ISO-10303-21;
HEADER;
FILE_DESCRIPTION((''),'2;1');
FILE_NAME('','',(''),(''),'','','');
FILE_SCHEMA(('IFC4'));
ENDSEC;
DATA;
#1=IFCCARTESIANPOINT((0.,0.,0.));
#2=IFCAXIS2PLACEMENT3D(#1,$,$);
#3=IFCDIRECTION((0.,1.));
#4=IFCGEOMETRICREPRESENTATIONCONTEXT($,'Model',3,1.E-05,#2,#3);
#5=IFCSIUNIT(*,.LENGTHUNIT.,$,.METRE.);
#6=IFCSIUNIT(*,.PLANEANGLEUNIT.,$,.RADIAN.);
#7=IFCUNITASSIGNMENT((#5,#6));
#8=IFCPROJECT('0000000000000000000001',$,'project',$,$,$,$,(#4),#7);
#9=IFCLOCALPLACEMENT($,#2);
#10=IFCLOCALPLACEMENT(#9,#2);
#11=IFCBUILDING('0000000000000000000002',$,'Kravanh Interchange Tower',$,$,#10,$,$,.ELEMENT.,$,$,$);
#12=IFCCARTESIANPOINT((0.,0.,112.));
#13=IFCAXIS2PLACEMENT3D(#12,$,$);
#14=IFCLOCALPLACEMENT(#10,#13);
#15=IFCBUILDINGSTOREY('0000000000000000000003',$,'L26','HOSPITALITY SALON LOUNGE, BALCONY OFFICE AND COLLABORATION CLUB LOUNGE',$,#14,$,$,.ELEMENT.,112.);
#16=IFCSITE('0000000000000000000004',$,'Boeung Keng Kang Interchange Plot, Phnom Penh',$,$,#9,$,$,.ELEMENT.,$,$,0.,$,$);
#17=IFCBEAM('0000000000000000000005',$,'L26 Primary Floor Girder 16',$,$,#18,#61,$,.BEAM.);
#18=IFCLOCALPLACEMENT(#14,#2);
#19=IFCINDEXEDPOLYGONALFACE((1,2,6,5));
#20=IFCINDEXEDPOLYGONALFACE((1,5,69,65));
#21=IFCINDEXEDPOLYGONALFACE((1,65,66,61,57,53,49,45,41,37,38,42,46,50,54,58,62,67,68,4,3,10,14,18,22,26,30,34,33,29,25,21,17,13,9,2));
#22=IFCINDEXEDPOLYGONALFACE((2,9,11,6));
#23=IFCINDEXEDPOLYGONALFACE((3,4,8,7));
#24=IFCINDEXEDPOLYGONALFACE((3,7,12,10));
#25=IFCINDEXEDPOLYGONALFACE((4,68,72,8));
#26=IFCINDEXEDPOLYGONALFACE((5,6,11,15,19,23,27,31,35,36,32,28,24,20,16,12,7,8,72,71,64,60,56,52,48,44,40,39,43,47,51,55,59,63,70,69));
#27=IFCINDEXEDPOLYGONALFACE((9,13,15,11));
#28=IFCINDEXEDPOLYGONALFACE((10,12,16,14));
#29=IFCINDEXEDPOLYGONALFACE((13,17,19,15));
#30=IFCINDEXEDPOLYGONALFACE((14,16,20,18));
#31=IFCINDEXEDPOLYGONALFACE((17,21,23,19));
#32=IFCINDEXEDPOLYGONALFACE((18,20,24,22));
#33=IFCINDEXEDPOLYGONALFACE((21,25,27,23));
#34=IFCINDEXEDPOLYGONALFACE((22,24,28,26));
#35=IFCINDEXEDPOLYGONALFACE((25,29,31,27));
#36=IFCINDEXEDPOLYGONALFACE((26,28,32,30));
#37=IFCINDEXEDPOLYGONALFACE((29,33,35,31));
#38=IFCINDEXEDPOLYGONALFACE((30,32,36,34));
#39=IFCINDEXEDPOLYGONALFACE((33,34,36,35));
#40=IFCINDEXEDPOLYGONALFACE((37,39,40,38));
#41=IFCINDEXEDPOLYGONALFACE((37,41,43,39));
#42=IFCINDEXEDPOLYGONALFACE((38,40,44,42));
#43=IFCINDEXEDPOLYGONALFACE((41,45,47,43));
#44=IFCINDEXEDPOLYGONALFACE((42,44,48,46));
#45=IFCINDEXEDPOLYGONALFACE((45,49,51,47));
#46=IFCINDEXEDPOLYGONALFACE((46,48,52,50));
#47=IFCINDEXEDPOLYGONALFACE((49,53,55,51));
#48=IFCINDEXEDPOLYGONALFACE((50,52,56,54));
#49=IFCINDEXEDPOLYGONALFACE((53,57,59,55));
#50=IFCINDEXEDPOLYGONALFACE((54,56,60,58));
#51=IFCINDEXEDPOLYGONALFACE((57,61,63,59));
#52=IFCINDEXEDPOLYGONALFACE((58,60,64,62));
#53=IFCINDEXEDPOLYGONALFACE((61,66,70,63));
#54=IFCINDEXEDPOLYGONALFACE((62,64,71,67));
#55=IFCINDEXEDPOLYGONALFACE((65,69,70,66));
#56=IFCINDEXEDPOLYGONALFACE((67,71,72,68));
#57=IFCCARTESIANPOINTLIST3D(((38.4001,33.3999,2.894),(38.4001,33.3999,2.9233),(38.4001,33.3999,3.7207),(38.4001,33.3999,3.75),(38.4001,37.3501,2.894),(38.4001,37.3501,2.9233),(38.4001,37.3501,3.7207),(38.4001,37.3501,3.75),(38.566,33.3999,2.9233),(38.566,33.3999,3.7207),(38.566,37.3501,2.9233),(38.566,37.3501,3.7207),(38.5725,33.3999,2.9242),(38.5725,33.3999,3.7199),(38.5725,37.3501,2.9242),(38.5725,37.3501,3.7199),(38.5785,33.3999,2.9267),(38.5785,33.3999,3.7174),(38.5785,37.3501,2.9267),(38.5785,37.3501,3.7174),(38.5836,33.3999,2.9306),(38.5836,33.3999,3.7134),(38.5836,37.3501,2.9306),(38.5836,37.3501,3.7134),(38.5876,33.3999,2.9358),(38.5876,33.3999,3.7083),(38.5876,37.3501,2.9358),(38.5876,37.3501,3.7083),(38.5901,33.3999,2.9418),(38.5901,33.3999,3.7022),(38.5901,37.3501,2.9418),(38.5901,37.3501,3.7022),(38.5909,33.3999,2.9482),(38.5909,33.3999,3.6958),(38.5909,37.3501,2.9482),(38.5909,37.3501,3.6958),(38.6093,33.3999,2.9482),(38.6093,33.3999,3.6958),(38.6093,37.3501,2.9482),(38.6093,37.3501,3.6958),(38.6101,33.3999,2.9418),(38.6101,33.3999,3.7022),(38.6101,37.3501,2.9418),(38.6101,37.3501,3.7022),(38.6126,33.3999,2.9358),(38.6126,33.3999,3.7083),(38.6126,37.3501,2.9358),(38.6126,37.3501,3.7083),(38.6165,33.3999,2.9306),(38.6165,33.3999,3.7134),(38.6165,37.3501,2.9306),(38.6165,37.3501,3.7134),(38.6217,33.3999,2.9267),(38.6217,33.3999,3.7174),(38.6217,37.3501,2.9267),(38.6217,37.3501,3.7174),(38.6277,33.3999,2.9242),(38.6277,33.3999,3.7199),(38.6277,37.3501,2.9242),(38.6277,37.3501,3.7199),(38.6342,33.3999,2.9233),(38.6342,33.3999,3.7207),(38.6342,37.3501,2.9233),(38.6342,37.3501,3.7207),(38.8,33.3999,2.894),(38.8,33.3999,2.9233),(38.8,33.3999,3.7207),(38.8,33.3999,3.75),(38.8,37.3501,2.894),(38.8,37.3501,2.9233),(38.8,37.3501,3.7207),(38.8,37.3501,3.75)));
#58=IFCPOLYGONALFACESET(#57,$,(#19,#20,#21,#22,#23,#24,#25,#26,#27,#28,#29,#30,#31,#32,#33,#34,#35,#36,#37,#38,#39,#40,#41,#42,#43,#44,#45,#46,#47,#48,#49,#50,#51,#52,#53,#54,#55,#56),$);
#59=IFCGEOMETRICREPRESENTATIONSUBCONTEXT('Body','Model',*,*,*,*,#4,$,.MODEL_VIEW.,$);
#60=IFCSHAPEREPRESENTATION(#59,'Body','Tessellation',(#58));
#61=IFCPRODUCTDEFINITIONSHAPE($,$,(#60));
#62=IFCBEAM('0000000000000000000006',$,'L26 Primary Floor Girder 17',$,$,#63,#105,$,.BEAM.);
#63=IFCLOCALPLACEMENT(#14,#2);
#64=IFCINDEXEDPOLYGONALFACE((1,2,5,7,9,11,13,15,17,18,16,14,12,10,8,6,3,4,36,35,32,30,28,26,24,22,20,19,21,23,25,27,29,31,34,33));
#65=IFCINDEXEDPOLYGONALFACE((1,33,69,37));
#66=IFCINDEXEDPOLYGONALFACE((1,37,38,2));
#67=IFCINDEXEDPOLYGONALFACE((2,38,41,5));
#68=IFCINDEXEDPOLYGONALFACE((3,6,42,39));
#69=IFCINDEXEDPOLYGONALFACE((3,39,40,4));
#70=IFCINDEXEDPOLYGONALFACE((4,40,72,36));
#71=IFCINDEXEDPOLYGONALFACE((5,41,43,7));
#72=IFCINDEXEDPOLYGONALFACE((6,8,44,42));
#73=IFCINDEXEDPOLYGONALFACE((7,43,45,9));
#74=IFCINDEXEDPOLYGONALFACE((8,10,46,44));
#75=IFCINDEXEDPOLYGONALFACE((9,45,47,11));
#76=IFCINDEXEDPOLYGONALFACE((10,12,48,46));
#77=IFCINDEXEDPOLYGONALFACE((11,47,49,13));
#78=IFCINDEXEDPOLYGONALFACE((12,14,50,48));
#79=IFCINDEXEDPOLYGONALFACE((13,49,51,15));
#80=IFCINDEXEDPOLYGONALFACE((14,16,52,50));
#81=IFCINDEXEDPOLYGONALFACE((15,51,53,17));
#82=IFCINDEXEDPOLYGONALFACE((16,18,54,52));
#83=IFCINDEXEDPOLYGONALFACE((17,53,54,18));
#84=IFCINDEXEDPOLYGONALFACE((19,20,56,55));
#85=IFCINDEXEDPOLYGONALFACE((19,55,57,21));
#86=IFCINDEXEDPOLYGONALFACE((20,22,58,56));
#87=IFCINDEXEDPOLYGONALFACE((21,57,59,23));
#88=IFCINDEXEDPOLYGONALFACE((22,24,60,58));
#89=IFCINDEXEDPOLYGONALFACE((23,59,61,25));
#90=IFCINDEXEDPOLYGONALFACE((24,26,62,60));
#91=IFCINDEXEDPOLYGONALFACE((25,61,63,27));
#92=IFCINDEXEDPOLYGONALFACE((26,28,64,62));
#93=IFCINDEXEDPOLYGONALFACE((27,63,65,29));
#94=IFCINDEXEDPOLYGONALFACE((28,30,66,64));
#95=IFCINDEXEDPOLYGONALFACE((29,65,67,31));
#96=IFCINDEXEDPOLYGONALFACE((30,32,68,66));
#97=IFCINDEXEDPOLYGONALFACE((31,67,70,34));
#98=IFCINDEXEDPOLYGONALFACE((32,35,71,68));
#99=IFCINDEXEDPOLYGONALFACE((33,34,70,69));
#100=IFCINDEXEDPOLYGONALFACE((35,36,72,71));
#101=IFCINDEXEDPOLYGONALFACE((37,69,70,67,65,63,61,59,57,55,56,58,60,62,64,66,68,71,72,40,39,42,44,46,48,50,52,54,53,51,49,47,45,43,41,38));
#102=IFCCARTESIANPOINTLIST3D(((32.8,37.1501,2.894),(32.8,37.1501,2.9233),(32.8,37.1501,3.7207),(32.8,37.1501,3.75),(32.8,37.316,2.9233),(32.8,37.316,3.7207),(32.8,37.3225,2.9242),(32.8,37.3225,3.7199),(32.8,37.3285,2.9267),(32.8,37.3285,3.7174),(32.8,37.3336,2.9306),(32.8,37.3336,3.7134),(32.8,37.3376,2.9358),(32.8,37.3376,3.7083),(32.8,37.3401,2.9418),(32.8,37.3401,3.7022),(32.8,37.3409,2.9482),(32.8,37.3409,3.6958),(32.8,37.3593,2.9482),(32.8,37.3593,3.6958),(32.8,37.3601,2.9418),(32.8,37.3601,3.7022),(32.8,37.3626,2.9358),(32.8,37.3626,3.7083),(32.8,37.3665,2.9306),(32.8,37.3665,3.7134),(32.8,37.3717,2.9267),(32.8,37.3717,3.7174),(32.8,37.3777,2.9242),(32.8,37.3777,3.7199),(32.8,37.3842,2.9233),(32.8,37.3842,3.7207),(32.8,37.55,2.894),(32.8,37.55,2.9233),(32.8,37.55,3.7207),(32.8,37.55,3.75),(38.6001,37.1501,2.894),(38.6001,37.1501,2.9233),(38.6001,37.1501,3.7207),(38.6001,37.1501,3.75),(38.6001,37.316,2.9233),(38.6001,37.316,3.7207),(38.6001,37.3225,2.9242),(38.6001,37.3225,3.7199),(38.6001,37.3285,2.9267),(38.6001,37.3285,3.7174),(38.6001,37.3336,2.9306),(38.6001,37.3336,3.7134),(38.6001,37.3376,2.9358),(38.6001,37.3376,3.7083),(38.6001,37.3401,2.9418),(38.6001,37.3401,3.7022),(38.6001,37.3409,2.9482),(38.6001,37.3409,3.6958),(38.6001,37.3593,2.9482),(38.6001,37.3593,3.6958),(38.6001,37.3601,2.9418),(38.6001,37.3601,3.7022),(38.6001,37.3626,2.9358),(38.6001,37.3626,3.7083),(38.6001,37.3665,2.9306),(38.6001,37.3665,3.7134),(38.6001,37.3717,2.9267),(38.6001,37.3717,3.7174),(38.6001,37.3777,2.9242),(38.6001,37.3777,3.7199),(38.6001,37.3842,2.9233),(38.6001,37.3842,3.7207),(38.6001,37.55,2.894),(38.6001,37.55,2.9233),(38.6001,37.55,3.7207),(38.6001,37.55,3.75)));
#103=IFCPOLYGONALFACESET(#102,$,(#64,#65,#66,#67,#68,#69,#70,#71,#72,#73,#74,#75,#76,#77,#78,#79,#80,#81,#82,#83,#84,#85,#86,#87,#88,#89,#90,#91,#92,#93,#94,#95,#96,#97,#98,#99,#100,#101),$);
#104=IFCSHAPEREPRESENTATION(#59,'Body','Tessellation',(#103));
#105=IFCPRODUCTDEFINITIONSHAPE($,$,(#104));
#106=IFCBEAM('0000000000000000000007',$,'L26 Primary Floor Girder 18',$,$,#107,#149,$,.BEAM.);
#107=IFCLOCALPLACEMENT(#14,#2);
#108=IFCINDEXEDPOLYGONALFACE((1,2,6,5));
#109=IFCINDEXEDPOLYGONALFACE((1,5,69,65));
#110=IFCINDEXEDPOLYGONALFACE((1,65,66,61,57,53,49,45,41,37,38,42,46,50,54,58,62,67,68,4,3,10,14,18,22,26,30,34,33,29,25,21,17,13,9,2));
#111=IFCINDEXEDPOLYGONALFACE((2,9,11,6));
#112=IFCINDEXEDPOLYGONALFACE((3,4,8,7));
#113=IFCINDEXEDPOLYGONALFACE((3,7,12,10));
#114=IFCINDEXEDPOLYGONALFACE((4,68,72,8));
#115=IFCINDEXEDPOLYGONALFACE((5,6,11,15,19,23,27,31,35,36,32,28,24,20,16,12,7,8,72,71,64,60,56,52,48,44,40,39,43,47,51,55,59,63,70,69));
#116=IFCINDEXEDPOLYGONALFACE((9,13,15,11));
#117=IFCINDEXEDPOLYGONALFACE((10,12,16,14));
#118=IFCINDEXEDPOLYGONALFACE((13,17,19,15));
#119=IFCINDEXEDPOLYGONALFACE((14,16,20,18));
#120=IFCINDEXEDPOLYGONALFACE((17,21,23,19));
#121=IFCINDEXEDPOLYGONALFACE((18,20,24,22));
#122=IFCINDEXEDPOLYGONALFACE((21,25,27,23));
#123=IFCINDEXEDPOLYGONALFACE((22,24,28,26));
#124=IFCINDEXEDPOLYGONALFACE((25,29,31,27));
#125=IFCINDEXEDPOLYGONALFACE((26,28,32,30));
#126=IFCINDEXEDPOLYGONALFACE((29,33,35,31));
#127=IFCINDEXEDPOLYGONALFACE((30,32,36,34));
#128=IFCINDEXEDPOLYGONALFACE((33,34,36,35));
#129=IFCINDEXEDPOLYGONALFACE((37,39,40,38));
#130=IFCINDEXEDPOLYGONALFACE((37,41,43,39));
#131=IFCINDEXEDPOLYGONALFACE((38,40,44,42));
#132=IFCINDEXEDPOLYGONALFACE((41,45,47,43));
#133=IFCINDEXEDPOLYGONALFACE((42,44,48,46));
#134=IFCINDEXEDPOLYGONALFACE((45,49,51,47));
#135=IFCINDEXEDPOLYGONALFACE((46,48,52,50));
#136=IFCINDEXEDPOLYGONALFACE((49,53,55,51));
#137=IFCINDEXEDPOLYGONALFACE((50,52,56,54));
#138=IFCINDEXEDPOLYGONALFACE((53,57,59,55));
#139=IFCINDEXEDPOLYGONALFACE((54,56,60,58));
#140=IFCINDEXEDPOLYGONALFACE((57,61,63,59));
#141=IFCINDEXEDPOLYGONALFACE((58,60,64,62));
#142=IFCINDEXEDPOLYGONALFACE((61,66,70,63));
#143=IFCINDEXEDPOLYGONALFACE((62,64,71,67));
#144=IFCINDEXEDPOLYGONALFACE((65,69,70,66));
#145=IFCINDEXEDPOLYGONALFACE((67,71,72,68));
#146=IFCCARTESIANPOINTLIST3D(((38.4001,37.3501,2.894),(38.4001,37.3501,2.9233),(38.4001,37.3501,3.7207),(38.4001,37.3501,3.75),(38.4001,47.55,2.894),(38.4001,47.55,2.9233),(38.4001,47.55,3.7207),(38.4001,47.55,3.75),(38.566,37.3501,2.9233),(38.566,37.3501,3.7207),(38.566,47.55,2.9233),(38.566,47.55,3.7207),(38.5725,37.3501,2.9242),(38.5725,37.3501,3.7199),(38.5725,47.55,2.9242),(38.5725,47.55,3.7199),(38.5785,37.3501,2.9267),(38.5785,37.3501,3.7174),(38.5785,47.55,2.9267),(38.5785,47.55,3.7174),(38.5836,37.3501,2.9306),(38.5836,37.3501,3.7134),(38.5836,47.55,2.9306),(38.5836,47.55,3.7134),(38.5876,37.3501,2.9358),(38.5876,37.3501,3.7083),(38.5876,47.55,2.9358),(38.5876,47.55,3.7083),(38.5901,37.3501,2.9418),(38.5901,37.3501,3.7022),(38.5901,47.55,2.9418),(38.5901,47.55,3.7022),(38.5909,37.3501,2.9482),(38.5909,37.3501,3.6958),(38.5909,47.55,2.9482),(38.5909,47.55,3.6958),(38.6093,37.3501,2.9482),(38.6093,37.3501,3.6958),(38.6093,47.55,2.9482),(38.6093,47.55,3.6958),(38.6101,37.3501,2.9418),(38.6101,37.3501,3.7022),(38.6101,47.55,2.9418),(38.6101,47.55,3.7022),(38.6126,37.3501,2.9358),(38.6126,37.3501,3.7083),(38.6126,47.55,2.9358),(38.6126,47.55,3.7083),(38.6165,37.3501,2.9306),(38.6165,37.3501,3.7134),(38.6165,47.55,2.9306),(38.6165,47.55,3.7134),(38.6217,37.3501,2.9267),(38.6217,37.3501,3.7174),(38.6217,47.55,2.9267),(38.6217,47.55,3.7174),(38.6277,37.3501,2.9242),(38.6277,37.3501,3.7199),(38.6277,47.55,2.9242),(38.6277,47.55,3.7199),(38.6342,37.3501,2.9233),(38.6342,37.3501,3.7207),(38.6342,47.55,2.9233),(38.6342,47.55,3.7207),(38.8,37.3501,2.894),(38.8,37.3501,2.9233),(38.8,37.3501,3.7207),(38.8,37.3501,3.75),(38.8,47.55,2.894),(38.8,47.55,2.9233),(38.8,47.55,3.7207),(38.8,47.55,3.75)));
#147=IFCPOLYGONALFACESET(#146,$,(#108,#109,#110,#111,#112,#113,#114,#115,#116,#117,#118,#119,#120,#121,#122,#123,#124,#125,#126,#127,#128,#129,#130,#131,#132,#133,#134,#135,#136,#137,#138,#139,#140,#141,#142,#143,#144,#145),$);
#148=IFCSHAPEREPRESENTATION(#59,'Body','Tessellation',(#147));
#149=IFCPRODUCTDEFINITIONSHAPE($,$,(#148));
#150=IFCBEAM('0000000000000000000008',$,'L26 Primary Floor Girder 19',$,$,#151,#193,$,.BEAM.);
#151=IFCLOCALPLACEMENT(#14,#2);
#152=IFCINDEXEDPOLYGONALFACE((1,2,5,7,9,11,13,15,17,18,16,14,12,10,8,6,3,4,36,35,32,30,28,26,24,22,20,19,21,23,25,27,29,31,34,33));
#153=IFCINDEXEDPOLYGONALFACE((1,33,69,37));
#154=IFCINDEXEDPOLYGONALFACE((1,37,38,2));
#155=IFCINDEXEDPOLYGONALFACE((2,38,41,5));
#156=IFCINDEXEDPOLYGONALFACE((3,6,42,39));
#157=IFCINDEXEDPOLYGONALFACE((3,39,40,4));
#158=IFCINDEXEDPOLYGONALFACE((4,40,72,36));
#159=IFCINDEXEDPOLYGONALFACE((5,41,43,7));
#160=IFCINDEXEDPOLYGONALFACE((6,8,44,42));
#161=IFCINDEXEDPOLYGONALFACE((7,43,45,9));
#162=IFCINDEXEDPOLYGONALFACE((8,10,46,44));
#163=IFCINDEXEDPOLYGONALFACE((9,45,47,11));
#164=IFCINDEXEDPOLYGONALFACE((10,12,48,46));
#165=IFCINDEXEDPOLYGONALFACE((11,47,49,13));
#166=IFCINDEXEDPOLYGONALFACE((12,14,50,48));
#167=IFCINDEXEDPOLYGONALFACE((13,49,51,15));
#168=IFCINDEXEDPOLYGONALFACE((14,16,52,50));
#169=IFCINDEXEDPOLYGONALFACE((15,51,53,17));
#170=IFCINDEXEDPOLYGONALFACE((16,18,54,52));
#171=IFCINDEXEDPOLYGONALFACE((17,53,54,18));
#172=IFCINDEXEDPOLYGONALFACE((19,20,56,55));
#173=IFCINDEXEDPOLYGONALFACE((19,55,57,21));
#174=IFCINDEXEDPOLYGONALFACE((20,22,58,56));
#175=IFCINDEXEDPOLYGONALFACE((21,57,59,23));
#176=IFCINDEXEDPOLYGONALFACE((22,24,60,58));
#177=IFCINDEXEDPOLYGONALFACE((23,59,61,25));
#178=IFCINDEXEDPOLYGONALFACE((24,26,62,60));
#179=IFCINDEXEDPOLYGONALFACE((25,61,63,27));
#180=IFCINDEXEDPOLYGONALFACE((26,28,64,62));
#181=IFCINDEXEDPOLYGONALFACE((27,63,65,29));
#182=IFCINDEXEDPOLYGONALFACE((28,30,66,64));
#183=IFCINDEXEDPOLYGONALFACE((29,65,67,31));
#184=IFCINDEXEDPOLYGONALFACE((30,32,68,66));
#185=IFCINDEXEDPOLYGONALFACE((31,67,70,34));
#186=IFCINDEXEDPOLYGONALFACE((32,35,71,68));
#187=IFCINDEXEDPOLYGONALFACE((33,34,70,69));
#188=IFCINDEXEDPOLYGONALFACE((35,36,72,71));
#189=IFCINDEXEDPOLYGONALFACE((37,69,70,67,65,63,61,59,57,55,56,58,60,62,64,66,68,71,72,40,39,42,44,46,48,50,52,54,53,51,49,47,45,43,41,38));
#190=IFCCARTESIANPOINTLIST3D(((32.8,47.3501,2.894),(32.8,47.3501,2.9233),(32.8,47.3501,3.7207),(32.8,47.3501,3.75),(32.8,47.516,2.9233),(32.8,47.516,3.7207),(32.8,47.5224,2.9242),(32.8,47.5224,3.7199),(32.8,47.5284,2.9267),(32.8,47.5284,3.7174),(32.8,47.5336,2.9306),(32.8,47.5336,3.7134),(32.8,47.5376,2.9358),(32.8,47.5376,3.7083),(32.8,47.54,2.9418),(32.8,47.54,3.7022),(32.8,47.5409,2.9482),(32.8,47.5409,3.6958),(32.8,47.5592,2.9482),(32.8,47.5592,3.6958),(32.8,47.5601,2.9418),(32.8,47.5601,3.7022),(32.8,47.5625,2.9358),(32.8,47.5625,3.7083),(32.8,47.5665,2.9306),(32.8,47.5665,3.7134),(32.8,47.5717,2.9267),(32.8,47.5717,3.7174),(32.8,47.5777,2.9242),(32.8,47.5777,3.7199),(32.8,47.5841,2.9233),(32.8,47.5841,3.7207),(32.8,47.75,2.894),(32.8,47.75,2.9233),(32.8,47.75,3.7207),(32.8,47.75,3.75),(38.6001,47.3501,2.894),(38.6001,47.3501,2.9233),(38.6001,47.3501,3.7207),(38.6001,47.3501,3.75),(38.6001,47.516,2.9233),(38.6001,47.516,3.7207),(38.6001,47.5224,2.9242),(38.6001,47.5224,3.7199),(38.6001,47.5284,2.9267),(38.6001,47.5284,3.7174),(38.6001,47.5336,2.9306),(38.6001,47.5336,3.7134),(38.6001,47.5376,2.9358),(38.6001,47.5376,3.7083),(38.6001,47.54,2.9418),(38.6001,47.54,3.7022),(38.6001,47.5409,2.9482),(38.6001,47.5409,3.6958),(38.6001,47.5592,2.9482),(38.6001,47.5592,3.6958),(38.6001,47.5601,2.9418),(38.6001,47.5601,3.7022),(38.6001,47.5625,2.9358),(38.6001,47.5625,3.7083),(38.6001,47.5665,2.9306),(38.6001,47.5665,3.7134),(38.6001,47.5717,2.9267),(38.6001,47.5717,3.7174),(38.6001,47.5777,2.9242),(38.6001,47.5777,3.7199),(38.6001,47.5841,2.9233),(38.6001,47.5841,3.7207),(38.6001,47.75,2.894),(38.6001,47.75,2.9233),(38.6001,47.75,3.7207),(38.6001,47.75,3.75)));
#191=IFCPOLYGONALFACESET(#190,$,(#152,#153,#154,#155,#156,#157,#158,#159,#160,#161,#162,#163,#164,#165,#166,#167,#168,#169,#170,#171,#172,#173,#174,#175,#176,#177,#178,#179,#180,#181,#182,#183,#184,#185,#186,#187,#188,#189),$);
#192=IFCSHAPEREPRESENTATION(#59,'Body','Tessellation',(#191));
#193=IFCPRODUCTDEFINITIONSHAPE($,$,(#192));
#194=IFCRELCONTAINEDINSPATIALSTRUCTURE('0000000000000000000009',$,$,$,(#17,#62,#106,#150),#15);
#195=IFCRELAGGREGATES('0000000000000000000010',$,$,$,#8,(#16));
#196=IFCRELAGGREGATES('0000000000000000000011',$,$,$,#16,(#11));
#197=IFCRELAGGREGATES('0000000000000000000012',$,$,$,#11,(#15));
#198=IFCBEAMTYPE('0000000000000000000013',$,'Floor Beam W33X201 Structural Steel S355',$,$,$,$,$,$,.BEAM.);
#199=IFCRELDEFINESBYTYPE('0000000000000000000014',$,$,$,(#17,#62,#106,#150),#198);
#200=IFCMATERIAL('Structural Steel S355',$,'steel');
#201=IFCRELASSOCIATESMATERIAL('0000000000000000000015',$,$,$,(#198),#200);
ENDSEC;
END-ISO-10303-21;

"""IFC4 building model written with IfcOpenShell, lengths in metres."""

from ifc_helpers import new_model, si_unit, direction, frame, origin, origin_2d, place, context, subcontext, project, spatial, i_section, extrude, material, material_profile, profile_set, type_object, element, save


model = new_model("IFC4")

# Units and contexts
model_context = context("Model", 3, precision=1e-05, world=origin(), true_north=direction((0.0, 1.0)))
body_context = subcontext(model_context, "Body", "Model", "MODEL_VIEW")
ifc_project = project(units=[si_unit("LENGTHUNIT", "METRE"), si_unit("PLANEANGLEUNIT", "RADIAN")], contexts=[model_context])

# Site, building, storey
site_placement = place(None, origin())
site = spatial("IfcSite", under=ifc_project, at=site_placement, Name="Boeung Keng Kang Interchange Plot, Phnom Penh", CompositionType="ELEMENT", RefElevation=0.0)
building_placement = place(site_placement, origin())
building = spatial("IfcBuilding", under=site, at=building_placement, Name="Kravanh Interchange Tower", CompositionType="ELEMENT")
storey_placement = place(building_placement, frame((0.0, 0.0, 112.0)))
storey = spatial("IfcBuildingStorey", under=building, at=storey_placement, Name="L26", Description="HOSPITALITY SALON LOUNGE, BALCONY OFFICE AND COLLABORATION CLUB LOUNGE", CompositionType="ELEMENT", Elevation=112.0)

# Beams
ifc_material_1 = material(Name="Structural Steel S355", Category="steel")
ifc_material_profile_1 = material_profile(ifc_material_1, i_section(OverallWidth=0.3999, OverallDepth=0.856, WebThickness=0.0183, FlangeThickness=0.0293, FilletRadius=0.0249, at=origin_2d()), Name="W33X201")
ifc_profile_set_1 = profile_set([ifc_material_profile_1], Name="Structural Steel S355")
beam_type_1 = type_object("IfcBeamType", Name="Floor Beam W33X201 Structural Steel S355", PredefinedType="BEAM", material=ifc_profile_set_1)
beam_1_placement = place(storey_placement, frame((38.6001, 37.3501, 3.322), z_axis=(0.0, -1.0, 0.0), x_axis=(1.0, 0.0, 0.0)))
element("IfcBeam", 1, at=beam_1_placement, inside=storey, type_object=beam_type_1, Name="L26 Primary Floor Girder 16", PredefinedType="BEAM", context=body_context, shape_type="SweptSolid", body=[
    extrude(i_section(OverallWidth=0.3999, OverallDepth=0.856, WebThickness=0.0183, FlangeThickness=0.0293, FilletRadius=0.0249, at=origin_2d()), origin(), (0.0, 0.0, 1.0), 3.9502),
])
beam_2_placement = place(storey_placement, frame((38.6001, 37.3501, 3.322), z_axis=(-1.0, 0.0, 0.0), x_axis=(0.0, -1.0, 0.0)))
element("IfcBeam", 2, at=beam_2_placement, inside=storey, type_object=beam_type_1, Name="L26 Primary Floor Girder 17", PredefinedType="BEAM", context=body_context, shape_type="SweptSolid", body=[
    extrude(i_section(OverallWidth=0.3999, OverallDepth=0.856, WebThickness=0.0183, FlangeThickness=0.0293, FilletRadius=0.0249, at=origin_2d()), origin(), (0.0, 0.0, 1.0), 5.8),
])
beam_3_placement = place(storey_placement, frame((38.6001, 37.3501, 3.322), z_axis=(0.0, 1.0, 0.0), x_axis=(-1.0, 0.0, 0.0)))
element("IfcBeam", 3, at=beam_3_placement, inside=storey, type_object=beam_type_1, Name="L26 Primary Floor Girder 18", PredefinedType="BEAM", context=body_context, shape_type="SweptSolid", body=[
    extrude(i_section(OverallWidth=0.3999, OverallDepth=0.856, WebThickness=0.0183, FlangeThickness=0.0293, FilletRadius=0.0249, at=origin_2d()), origin(), (0.0, 0.0, 1.0), 10.2),
])
beam_4_placement = place(storey_placement, frame((38.6001, 47.55, 3.322), z_axis=(-1.0, 0.0, 0.0), x_axis=(0.0, -1.0, 0.0)))
element("IfcBeam", 4, at=beam_4_placement, inside=storey, type_object=beam_type_1, Name="L26 Primary Floor Girder 19", PredefinedType="BEAM", context=body_context, shape_type="SweptSolid", body=[
    extrude(i_section(OverallWidth=0.3999, OverallDepth=0.856, WebThickness=0.0183, FlangeThickness=0.0293, FilletRadius=0.0249, at=origin_2d()), origin(), (0.0, 0.0, 1.0), 5.8),
])

save(model, "model.ifc")
